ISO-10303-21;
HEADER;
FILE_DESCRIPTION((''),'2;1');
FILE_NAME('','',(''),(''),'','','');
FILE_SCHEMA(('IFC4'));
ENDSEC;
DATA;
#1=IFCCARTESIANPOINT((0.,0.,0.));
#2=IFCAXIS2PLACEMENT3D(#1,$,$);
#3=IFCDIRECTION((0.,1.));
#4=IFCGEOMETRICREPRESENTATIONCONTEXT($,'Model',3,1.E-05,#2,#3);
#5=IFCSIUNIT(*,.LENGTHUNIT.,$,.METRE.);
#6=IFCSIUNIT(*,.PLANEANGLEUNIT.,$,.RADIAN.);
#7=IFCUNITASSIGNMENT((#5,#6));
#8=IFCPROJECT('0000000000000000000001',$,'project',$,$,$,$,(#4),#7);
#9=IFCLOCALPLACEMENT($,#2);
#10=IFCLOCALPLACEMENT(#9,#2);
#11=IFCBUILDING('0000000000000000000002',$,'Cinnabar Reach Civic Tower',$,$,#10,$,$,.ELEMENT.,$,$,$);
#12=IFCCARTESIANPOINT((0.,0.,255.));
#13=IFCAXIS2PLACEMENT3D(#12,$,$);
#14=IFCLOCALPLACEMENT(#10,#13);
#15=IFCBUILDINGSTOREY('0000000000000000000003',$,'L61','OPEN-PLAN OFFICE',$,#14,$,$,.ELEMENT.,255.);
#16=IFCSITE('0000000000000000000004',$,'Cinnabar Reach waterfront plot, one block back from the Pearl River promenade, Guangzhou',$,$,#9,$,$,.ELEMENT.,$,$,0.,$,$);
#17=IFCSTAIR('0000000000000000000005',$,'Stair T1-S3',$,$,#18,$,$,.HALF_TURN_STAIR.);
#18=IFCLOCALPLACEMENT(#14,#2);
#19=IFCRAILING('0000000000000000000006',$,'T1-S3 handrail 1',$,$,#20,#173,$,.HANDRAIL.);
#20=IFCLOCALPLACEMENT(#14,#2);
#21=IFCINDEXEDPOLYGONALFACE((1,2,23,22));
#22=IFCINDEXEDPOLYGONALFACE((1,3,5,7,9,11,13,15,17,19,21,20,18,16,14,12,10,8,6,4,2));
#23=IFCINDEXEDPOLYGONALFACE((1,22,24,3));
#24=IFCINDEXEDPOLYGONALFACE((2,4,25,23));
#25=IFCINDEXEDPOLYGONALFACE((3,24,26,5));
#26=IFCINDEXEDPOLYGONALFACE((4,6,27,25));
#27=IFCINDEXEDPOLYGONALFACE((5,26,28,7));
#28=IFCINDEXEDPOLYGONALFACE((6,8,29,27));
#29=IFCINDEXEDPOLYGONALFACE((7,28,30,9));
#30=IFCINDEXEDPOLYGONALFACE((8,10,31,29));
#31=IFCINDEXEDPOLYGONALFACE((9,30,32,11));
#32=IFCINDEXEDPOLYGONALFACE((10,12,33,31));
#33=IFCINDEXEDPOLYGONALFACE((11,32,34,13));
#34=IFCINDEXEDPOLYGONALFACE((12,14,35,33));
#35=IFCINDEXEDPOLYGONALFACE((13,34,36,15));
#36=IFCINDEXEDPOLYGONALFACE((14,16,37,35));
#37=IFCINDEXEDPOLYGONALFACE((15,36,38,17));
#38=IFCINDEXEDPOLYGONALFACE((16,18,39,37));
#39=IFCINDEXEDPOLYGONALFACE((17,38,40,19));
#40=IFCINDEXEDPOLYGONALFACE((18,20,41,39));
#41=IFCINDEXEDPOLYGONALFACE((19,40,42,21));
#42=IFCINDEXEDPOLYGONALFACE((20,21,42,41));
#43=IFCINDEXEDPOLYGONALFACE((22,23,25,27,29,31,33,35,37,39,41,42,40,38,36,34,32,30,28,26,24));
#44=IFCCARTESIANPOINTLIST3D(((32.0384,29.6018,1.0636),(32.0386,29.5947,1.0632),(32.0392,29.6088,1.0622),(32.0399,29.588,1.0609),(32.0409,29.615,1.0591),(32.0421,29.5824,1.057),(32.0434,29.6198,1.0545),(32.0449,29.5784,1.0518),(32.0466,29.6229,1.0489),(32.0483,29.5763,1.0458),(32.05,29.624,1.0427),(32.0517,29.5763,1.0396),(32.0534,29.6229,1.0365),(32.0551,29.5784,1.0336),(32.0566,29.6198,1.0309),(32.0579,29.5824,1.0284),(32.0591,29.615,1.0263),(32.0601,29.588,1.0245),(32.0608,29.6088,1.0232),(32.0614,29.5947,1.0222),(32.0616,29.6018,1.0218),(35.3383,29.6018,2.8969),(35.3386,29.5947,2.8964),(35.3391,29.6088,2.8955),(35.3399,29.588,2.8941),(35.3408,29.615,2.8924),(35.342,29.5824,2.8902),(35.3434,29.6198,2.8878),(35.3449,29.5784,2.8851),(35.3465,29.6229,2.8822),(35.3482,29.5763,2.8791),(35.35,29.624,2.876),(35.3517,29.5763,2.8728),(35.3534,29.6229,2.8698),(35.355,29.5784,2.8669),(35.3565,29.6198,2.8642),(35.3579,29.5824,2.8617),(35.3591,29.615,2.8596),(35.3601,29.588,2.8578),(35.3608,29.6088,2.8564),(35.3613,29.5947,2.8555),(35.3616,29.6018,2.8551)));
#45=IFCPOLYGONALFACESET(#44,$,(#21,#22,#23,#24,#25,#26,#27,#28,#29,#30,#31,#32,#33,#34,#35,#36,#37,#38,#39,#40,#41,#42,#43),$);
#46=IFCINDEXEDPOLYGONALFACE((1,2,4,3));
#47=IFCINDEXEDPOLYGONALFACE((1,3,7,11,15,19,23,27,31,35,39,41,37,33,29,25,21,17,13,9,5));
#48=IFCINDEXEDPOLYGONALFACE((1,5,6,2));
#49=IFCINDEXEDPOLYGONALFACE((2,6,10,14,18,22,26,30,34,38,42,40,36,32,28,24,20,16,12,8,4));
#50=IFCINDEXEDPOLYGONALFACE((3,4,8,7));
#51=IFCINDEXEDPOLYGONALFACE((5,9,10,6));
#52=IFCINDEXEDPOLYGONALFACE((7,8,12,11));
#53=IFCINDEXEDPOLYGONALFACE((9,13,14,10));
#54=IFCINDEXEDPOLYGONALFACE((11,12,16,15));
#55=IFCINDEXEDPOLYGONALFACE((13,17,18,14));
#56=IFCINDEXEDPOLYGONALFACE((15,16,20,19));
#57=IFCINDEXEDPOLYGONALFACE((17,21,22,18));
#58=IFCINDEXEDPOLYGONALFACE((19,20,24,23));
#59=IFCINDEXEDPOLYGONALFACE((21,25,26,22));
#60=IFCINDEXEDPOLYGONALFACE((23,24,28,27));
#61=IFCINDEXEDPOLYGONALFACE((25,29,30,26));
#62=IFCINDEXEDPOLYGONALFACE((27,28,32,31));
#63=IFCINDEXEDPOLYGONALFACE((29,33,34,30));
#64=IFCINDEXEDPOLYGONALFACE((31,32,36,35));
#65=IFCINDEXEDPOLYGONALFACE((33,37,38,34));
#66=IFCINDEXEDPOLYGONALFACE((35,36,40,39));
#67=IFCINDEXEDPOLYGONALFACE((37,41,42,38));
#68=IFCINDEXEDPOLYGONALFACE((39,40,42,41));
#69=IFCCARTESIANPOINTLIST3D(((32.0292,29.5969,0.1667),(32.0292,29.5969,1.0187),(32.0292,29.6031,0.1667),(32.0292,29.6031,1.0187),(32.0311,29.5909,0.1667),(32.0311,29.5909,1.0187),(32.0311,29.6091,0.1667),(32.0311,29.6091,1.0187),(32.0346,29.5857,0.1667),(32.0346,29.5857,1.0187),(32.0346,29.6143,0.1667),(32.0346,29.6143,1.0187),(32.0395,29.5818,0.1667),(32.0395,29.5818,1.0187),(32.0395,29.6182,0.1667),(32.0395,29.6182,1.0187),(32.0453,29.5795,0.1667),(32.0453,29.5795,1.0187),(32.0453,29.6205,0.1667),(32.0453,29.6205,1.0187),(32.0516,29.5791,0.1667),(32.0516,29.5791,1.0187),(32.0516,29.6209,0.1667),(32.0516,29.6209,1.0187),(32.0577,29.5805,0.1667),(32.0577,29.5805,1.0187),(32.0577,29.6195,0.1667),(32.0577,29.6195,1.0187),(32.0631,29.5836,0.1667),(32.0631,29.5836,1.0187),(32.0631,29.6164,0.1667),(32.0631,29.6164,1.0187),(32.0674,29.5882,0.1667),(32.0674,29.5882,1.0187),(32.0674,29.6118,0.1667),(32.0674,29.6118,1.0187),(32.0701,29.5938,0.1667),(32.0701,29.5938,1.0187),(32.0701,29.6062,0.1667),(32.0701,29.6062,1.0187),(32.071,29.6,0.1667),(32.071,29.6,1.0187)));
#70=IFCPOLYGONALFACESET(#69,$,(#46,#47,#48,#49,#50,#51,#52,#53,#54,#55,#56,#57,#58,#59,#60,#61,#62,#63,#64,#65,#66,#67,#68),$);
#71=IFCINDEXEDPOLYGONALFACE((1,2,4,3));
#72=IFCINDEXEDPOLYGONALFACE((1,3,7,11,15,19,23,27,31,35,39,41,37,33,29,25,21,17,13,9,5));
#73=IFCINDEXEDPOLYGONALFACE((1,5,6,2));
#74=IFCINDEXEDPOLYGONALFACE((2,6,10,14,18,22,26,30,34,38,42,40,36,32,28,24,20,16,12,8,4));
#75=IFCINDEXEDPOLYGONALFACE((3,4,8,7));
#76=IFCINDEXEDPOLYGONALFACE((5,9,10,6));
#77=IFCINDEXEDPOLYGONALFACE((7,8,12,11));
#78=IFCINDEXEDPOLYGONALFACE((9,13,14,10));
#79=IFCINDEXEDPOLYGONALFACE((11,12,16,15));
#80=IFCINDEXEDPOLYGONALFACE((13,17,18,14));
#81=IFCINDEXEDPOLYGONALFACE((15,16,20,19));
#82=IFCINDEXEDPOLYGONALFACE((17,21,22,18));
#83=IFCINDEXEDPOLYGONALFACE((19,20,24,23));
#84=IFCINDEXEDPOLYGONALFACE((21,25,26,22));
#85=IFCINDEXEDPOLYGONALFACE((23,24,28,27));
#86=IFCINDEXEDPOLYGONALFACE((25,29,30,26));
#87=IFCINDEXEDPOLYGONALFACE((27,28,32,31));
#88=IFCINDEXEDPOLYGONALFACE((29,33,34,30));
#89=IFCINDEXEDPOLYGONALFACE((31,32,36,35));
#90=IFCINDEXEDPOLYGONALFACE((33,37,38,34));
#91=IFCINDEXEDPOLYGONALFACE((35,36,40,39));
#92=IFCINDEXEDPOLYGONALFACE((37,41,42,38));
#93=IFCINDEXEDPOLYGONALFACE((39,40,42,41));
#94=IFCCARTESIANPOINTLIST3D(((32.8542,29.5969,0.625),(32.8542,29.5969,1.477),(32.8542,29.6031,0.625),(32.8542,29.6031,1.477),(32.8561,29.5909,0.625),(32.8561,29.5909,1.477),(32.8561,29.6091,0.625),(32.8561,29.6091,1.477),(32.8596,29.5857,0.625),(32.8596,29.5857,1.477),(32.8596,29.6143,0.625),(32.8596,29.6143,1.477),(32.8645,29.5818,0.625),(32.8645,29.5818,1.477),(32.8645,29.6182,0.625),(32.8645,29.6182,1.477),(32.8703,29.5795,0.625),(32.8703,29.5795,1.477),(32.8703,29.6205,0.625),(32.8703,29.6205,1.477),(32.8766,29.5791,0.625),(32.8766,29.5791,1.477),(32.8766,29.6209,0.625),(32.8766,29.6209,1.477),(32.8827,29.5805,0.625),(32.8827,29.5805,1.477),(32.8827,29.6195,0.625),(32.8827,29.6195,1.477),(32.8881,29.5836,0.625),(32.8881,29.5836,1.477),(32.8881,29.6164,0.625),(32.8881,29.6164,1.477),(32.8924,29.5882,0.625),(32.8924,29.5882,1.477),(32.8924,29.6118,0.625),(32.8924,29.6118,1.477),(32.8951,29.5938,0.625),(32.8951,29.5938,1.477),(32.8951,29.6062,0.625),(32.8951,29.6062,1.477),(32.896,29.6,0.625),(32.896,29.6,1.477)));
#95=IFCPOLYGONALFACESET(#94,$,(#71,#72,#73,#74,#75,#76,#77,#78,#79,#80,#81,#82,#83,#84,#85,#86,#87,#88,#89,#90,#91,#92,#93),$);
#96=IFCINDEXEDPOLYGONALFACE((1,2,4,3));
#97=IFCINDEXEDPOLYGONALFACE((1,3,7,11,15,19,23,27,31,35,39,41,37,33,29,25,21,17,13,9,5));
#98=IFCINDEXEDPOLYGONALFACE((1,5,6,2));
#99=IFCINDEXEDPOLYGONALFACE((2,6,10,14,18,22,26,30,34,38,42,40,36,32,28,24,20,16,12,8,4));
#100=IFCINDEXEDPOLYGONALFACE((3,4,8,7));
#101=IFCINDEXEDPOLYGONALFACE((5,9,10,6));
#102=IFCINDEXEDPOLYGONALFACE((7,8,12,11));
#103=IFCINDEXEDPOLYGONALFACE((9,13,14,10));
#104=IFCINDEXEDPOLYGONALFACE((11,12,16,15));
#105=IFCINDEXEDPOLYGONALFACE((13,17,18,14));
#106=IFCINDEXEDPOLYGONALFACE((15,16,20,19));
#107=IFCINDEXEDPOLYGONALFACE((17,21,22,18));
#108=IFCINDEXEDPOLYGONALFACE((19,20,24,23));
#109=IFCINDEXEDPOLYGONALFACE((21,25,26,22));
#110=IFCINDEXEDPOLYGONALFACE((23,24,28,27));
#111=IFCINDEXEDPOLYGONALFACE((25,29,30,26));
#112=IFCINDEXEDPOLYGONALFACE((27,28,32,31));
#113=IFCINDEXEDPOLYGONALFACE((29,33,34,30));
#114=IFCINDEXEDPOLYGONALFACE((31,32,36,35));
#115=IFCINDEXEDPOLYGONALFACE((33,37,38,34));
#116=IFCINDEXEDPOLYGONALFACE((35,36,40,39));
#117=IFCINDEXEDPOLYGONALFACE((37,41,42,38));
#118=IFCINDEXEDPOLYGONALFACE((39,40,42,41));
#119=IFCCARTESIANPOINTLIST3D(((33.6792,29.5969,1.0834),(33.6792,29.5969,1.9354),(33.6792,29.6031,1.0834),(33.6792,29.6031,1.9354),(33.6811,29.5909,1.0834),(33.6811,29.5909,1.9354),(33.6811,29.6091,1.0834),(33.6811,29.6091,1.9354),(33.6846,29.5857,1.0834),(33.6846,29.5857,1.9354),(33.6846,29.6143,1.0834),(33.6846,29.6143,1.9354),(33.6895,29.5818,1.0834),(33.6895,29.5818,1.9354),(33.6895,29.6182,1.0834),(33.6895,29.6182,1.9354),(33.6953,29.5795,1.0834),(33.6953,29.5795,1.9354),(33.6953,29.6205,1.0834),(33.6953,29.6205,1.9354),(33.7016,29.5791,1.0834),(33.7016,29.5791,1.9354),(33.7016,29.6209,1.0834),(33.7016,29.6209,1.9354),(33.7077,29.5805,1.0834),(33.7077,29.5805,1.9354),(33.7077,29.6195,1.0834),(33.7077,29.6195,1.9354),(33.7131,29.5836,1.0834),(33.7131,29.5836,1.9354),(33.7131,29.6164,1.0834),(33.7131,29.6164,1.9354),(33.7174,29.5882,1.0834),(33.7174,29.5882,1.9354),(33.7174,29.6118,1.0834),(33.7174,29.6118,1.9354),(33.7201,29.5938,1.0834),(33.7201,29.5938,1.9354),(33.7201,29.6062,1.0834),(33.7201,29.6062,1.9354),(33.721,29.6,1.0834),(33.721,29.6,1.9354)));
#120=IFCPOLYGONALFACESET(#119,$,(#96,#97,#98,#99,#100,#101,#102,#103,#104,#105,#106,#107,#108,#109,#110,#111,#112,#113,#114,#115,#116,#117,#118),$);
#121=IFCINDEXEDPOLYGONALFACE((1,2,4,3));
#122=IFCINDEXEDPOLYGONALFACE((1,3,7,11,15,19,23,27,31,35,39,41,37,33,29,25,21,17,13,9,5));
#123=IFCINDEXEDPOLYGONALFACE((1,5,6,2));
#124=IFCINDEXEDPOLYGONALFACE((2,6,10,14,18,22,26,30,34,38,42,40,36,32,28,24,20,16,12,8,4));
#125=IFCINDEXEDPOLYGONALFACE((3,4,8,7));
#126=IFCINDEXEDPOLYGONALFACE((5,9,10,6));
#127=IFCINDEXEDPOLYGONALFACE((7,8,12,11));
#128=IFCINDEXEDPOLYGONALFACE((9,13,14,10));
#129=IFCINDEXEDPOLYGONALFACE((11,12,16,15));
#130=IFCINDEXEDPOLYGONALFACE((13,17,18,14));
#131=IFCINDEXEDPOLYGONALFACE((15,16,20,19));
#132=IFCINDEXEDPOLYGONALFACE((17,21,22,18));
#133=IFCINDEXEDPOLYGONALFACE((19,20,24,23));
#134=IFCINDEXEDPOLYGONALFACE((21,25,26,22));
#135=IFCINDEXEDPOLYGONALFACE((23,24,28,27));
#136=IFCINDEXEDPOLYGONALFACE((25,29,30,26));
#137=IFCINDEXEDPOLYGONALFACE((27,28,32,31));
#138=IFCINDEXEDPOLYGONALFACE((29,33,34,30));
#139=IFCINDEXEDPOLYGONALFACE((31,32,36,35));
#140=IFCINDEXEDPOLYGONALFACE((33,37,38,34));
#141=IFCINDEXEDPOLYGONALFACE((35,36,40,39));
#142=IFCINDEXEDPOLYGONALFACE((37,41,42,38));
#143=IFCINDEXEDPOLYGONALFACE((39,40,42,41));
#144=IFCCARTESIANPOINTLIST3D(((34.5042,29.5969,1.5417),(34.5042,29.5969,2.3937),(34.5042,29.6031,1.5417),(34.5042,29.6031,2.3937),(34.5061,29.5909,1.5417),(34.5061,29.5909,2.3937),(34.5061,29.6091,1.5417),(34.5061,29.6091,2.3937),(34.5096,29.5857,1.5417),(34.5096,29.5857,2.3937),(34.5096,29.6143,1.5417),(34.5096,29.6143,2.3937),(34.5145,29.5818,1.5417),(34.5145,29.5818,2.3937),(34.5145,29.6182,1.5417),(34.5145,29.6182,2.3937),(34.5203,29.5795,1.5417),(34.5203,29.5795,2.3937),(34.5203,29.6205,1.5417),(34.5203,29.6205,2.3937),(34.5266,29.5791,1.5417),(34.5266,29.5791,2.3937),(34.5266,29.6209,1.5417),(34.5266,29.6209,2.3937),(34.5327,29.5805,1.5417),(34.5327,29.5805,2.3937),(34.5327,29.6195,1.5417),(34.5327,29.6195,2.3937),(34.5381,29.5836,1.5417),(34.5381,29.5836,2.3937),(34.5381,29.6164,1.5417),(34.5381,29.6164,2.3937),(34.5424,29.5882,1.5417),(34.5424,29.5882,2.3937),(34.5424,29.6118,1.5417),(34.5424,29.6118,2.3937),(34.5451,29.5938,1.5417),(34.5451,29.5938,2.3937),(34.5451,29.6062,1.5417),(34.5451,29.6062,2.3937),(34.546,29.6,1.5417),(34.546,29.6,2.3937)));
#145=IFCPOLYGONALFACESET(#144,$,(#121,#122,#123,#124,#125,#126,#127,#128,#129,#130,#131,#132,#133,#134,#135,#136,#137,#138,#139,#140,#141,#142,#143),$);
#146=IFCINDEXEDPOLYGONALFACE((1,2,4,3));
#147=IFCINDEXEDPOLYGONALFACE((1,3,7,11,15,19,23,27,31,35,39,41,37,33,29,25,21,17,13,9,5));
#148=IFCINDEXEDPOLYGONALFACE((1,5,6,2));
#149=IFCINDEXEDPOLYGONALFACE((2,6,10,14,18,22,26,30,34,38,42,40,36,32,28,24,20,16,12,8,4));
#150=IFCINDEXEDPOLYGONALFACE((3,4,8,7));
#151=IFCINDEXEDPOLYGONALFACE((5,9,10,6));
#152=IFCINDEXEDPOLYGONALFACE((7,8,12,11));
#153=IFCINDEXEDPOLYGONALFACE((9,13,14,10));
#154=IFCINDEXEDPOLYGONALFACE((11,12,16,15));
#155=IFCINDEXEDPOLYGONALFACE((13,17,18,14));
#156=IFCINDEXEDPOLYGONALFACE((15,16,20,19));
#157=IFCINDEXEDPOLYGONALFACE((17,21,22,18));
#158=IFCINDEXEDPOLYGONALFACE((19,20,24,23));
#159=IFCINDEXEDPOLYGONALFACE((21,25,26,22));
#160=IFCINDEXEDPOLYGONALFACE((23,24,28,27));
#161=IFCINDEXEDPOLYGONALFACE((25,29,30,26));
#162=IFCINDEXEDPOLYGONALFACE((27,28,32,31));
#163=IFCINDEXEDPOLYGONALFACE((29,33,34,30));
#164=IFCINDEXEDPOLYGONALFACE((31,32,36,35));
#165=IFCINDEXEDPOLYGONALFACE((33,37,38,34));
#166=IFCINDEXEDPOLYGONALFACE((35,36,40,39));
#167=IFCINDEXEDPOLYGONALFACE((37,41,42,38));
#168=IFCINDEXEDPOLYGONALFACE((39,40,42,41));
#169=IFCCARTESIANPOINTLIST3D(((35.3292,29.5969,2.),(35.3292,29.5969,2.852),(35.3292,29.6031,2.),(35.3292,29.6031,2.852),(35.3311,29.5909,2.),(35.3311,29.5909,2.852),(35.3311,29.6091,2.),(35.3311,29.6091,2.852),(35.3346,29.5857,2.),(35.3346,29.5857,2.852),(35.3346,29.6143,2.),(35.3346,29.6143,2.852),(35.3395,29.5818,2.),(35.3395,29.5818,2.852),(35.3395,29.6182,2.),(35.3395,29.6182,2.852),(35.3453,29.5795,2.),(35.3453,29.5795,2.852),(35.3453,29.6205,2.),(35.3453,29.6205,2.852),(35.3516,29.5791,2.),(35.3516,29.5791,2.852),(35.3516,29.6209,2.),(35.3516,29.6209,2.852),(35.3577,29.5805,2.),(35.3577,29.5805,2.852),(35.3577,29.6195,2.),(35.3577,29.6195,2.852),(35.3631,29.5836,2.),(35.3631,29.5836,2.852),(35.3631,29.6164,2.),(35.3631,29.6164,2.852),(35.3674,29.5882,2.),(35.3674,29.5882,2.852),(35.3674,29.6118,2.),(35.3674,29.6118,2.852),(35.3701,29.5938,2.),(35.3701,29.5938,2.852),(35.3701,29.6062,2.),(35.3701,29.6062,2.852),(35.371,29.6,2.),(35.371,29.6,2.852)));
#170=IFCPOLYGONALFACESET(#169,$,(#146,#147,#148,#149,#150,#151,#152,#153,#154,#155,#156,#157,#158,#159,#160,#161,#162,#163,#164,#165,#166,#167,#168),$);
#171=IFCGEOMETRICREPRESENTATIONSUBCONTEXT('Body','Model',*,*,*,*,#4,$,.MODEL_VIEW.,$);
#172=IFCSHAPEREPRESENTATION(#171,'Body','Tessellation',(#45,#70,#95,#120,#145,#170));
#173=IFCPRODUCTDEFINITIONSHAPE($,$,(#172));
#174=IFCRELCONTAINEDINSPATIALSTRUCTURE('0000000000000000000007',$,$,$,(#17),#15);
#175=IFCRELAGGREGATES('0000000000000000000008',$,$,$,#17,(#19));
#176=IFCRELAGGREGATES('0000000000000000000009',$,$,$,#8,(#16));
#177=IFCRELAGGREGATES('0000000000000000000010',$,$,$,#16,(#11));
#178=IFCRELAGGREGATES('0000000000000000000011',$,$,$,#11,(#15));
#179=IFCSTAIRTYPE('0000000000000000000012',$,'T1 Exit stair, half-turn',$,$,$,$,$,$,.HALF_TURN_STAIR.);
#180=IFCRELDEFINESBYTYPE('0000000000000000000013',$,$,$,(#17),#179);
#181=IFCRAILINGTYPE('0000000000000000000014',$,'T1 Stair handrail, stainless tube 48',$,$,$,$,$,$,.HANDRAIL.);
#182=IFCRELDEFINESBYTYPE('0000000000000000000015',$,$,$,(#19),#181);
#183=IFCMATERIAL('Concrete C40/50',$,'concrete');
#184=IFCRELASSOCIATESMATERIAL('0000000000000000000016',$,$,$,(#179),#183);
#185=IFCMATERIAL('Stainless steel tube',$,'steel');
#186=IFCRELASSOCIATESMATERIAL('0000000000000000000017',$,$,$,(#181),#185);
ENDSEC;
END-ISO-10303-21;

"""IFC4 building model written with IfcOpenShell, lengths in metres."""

from ifc_helpers import new_model, si_unit, direction, frame, origin, origin_2d, place, context, subcontext, project, spatial, circle, extrude, material, type_object, element, aggregate, save


model = new_model("IFC4")

# Units and contexts
model_context = context("Model", 3, precision=1e-05, world=origin(), true_north=direction((0.0, 1.0)))
body_context = subcontext(model_context, "Body", "Model", "MODEL_VIEW")
ifc_project = project(units=[si_unit("LENGTHUNIT", "METRE"), si_unit("PLANEANGLEUNIT", "RADIAN")], contexts=[model_context])

# Site, building, storey
site_placement = place(None, origin())
site = spatial("IfcSite", under=ifc_project, at=site_placement, Name="Cinnabar Reach waterfront plot, one block back from the Pearl River promenade, Guangzhou", CompositionType="ELEMENT", RefElevation=0.0)
building_placement = place(site_placement, origin())
building = spatial("IfcBuilding", under=site, at=building_placement, Name="Cinnabar Reach Civic Tower", CompositionType="ELEMENT")
storey_placement = place(building_placement, frame((0.0, 0.0, 255.0)))
storey = spatial("IfcBuildingStorey", under=building, at=storey_placement, Name="L61", Description="OPEN-PLAN OFFICE", CompositionType="ELEMENT", Elevation=255.0)

# Stair, railing
ifc_material_1 = material(Name="Concrete C40/50", Category="concrete")
stair_type = type_object("IfcStairType", Name="T1 Exit stair, half-turn", PredefinedType="HALF_TURN_STAIR", material=ifc_material_1)
stair_placement = place(storey_placement, origin())
stair = element("IfcStair", 1, at=stair_placement, inside=storey, type_object=stair_type, Name="Stair T1-S3", PredefinedType="HALF_TURN_STAIR")
ifc_material_2 = material(Name="Stainless steel tube", Category="steel")
railing_type = type_object("IfcRailingType", Name="T1 Stair handrail, stainless tube 48", PredefinedType="HANDRAIL", material=ifc_material_2)
railing_1_placement = place(storey_placement, frame((32.05, 29.6, 0.1667)))
railing_1 = element("IfcRailing", 2, at=railing_1_placement, type_object=railing_type, Name="T1-S3 handrail 1", PredefinedType="HANDRAIL", context=body_context, shape_type="SweptSolid", body=[
    extrude(circle(Radius=0.024, at=origin_2d()), frame((0.0, 0.0, 0.876), z_axis=(0.874161, 0.0, 0.485636), x_axis=(0.0, 1.0, 0.0)), (0.0, 0.0, 1.0), 3.775),
    extrude(circle(Radius=0.021, at=origin_2d()), origin(), (0.0, 0.0, 1.0), 0.852),
    extrude(circle(Radius=0.021, at=origin_2d()), frame((0.825, 0.0, 0.4583)), (0.0, 0.0, 1.0), 0.852),
    extrude(circle(Radius=0.021, at=origin_2d()), frame((1.65, 0.0, 0.9167)), (0.0, 0.0, 1.0), 0.852),
    extrude(circle(Radius=0.021, at=origin_2d()), frame((2.475, 0.0, 1.375)), (0.0, 0.0, 1.0), 0.852),
    extrude(circle(Radius=0.021, at=origin_2d()), frame((3.3, 0.0, 1.8333)), (0.0, 0.0, 1.0), 0.852),
])
aggregate(stair, [railing_1])

save(model, "model.ifc")
